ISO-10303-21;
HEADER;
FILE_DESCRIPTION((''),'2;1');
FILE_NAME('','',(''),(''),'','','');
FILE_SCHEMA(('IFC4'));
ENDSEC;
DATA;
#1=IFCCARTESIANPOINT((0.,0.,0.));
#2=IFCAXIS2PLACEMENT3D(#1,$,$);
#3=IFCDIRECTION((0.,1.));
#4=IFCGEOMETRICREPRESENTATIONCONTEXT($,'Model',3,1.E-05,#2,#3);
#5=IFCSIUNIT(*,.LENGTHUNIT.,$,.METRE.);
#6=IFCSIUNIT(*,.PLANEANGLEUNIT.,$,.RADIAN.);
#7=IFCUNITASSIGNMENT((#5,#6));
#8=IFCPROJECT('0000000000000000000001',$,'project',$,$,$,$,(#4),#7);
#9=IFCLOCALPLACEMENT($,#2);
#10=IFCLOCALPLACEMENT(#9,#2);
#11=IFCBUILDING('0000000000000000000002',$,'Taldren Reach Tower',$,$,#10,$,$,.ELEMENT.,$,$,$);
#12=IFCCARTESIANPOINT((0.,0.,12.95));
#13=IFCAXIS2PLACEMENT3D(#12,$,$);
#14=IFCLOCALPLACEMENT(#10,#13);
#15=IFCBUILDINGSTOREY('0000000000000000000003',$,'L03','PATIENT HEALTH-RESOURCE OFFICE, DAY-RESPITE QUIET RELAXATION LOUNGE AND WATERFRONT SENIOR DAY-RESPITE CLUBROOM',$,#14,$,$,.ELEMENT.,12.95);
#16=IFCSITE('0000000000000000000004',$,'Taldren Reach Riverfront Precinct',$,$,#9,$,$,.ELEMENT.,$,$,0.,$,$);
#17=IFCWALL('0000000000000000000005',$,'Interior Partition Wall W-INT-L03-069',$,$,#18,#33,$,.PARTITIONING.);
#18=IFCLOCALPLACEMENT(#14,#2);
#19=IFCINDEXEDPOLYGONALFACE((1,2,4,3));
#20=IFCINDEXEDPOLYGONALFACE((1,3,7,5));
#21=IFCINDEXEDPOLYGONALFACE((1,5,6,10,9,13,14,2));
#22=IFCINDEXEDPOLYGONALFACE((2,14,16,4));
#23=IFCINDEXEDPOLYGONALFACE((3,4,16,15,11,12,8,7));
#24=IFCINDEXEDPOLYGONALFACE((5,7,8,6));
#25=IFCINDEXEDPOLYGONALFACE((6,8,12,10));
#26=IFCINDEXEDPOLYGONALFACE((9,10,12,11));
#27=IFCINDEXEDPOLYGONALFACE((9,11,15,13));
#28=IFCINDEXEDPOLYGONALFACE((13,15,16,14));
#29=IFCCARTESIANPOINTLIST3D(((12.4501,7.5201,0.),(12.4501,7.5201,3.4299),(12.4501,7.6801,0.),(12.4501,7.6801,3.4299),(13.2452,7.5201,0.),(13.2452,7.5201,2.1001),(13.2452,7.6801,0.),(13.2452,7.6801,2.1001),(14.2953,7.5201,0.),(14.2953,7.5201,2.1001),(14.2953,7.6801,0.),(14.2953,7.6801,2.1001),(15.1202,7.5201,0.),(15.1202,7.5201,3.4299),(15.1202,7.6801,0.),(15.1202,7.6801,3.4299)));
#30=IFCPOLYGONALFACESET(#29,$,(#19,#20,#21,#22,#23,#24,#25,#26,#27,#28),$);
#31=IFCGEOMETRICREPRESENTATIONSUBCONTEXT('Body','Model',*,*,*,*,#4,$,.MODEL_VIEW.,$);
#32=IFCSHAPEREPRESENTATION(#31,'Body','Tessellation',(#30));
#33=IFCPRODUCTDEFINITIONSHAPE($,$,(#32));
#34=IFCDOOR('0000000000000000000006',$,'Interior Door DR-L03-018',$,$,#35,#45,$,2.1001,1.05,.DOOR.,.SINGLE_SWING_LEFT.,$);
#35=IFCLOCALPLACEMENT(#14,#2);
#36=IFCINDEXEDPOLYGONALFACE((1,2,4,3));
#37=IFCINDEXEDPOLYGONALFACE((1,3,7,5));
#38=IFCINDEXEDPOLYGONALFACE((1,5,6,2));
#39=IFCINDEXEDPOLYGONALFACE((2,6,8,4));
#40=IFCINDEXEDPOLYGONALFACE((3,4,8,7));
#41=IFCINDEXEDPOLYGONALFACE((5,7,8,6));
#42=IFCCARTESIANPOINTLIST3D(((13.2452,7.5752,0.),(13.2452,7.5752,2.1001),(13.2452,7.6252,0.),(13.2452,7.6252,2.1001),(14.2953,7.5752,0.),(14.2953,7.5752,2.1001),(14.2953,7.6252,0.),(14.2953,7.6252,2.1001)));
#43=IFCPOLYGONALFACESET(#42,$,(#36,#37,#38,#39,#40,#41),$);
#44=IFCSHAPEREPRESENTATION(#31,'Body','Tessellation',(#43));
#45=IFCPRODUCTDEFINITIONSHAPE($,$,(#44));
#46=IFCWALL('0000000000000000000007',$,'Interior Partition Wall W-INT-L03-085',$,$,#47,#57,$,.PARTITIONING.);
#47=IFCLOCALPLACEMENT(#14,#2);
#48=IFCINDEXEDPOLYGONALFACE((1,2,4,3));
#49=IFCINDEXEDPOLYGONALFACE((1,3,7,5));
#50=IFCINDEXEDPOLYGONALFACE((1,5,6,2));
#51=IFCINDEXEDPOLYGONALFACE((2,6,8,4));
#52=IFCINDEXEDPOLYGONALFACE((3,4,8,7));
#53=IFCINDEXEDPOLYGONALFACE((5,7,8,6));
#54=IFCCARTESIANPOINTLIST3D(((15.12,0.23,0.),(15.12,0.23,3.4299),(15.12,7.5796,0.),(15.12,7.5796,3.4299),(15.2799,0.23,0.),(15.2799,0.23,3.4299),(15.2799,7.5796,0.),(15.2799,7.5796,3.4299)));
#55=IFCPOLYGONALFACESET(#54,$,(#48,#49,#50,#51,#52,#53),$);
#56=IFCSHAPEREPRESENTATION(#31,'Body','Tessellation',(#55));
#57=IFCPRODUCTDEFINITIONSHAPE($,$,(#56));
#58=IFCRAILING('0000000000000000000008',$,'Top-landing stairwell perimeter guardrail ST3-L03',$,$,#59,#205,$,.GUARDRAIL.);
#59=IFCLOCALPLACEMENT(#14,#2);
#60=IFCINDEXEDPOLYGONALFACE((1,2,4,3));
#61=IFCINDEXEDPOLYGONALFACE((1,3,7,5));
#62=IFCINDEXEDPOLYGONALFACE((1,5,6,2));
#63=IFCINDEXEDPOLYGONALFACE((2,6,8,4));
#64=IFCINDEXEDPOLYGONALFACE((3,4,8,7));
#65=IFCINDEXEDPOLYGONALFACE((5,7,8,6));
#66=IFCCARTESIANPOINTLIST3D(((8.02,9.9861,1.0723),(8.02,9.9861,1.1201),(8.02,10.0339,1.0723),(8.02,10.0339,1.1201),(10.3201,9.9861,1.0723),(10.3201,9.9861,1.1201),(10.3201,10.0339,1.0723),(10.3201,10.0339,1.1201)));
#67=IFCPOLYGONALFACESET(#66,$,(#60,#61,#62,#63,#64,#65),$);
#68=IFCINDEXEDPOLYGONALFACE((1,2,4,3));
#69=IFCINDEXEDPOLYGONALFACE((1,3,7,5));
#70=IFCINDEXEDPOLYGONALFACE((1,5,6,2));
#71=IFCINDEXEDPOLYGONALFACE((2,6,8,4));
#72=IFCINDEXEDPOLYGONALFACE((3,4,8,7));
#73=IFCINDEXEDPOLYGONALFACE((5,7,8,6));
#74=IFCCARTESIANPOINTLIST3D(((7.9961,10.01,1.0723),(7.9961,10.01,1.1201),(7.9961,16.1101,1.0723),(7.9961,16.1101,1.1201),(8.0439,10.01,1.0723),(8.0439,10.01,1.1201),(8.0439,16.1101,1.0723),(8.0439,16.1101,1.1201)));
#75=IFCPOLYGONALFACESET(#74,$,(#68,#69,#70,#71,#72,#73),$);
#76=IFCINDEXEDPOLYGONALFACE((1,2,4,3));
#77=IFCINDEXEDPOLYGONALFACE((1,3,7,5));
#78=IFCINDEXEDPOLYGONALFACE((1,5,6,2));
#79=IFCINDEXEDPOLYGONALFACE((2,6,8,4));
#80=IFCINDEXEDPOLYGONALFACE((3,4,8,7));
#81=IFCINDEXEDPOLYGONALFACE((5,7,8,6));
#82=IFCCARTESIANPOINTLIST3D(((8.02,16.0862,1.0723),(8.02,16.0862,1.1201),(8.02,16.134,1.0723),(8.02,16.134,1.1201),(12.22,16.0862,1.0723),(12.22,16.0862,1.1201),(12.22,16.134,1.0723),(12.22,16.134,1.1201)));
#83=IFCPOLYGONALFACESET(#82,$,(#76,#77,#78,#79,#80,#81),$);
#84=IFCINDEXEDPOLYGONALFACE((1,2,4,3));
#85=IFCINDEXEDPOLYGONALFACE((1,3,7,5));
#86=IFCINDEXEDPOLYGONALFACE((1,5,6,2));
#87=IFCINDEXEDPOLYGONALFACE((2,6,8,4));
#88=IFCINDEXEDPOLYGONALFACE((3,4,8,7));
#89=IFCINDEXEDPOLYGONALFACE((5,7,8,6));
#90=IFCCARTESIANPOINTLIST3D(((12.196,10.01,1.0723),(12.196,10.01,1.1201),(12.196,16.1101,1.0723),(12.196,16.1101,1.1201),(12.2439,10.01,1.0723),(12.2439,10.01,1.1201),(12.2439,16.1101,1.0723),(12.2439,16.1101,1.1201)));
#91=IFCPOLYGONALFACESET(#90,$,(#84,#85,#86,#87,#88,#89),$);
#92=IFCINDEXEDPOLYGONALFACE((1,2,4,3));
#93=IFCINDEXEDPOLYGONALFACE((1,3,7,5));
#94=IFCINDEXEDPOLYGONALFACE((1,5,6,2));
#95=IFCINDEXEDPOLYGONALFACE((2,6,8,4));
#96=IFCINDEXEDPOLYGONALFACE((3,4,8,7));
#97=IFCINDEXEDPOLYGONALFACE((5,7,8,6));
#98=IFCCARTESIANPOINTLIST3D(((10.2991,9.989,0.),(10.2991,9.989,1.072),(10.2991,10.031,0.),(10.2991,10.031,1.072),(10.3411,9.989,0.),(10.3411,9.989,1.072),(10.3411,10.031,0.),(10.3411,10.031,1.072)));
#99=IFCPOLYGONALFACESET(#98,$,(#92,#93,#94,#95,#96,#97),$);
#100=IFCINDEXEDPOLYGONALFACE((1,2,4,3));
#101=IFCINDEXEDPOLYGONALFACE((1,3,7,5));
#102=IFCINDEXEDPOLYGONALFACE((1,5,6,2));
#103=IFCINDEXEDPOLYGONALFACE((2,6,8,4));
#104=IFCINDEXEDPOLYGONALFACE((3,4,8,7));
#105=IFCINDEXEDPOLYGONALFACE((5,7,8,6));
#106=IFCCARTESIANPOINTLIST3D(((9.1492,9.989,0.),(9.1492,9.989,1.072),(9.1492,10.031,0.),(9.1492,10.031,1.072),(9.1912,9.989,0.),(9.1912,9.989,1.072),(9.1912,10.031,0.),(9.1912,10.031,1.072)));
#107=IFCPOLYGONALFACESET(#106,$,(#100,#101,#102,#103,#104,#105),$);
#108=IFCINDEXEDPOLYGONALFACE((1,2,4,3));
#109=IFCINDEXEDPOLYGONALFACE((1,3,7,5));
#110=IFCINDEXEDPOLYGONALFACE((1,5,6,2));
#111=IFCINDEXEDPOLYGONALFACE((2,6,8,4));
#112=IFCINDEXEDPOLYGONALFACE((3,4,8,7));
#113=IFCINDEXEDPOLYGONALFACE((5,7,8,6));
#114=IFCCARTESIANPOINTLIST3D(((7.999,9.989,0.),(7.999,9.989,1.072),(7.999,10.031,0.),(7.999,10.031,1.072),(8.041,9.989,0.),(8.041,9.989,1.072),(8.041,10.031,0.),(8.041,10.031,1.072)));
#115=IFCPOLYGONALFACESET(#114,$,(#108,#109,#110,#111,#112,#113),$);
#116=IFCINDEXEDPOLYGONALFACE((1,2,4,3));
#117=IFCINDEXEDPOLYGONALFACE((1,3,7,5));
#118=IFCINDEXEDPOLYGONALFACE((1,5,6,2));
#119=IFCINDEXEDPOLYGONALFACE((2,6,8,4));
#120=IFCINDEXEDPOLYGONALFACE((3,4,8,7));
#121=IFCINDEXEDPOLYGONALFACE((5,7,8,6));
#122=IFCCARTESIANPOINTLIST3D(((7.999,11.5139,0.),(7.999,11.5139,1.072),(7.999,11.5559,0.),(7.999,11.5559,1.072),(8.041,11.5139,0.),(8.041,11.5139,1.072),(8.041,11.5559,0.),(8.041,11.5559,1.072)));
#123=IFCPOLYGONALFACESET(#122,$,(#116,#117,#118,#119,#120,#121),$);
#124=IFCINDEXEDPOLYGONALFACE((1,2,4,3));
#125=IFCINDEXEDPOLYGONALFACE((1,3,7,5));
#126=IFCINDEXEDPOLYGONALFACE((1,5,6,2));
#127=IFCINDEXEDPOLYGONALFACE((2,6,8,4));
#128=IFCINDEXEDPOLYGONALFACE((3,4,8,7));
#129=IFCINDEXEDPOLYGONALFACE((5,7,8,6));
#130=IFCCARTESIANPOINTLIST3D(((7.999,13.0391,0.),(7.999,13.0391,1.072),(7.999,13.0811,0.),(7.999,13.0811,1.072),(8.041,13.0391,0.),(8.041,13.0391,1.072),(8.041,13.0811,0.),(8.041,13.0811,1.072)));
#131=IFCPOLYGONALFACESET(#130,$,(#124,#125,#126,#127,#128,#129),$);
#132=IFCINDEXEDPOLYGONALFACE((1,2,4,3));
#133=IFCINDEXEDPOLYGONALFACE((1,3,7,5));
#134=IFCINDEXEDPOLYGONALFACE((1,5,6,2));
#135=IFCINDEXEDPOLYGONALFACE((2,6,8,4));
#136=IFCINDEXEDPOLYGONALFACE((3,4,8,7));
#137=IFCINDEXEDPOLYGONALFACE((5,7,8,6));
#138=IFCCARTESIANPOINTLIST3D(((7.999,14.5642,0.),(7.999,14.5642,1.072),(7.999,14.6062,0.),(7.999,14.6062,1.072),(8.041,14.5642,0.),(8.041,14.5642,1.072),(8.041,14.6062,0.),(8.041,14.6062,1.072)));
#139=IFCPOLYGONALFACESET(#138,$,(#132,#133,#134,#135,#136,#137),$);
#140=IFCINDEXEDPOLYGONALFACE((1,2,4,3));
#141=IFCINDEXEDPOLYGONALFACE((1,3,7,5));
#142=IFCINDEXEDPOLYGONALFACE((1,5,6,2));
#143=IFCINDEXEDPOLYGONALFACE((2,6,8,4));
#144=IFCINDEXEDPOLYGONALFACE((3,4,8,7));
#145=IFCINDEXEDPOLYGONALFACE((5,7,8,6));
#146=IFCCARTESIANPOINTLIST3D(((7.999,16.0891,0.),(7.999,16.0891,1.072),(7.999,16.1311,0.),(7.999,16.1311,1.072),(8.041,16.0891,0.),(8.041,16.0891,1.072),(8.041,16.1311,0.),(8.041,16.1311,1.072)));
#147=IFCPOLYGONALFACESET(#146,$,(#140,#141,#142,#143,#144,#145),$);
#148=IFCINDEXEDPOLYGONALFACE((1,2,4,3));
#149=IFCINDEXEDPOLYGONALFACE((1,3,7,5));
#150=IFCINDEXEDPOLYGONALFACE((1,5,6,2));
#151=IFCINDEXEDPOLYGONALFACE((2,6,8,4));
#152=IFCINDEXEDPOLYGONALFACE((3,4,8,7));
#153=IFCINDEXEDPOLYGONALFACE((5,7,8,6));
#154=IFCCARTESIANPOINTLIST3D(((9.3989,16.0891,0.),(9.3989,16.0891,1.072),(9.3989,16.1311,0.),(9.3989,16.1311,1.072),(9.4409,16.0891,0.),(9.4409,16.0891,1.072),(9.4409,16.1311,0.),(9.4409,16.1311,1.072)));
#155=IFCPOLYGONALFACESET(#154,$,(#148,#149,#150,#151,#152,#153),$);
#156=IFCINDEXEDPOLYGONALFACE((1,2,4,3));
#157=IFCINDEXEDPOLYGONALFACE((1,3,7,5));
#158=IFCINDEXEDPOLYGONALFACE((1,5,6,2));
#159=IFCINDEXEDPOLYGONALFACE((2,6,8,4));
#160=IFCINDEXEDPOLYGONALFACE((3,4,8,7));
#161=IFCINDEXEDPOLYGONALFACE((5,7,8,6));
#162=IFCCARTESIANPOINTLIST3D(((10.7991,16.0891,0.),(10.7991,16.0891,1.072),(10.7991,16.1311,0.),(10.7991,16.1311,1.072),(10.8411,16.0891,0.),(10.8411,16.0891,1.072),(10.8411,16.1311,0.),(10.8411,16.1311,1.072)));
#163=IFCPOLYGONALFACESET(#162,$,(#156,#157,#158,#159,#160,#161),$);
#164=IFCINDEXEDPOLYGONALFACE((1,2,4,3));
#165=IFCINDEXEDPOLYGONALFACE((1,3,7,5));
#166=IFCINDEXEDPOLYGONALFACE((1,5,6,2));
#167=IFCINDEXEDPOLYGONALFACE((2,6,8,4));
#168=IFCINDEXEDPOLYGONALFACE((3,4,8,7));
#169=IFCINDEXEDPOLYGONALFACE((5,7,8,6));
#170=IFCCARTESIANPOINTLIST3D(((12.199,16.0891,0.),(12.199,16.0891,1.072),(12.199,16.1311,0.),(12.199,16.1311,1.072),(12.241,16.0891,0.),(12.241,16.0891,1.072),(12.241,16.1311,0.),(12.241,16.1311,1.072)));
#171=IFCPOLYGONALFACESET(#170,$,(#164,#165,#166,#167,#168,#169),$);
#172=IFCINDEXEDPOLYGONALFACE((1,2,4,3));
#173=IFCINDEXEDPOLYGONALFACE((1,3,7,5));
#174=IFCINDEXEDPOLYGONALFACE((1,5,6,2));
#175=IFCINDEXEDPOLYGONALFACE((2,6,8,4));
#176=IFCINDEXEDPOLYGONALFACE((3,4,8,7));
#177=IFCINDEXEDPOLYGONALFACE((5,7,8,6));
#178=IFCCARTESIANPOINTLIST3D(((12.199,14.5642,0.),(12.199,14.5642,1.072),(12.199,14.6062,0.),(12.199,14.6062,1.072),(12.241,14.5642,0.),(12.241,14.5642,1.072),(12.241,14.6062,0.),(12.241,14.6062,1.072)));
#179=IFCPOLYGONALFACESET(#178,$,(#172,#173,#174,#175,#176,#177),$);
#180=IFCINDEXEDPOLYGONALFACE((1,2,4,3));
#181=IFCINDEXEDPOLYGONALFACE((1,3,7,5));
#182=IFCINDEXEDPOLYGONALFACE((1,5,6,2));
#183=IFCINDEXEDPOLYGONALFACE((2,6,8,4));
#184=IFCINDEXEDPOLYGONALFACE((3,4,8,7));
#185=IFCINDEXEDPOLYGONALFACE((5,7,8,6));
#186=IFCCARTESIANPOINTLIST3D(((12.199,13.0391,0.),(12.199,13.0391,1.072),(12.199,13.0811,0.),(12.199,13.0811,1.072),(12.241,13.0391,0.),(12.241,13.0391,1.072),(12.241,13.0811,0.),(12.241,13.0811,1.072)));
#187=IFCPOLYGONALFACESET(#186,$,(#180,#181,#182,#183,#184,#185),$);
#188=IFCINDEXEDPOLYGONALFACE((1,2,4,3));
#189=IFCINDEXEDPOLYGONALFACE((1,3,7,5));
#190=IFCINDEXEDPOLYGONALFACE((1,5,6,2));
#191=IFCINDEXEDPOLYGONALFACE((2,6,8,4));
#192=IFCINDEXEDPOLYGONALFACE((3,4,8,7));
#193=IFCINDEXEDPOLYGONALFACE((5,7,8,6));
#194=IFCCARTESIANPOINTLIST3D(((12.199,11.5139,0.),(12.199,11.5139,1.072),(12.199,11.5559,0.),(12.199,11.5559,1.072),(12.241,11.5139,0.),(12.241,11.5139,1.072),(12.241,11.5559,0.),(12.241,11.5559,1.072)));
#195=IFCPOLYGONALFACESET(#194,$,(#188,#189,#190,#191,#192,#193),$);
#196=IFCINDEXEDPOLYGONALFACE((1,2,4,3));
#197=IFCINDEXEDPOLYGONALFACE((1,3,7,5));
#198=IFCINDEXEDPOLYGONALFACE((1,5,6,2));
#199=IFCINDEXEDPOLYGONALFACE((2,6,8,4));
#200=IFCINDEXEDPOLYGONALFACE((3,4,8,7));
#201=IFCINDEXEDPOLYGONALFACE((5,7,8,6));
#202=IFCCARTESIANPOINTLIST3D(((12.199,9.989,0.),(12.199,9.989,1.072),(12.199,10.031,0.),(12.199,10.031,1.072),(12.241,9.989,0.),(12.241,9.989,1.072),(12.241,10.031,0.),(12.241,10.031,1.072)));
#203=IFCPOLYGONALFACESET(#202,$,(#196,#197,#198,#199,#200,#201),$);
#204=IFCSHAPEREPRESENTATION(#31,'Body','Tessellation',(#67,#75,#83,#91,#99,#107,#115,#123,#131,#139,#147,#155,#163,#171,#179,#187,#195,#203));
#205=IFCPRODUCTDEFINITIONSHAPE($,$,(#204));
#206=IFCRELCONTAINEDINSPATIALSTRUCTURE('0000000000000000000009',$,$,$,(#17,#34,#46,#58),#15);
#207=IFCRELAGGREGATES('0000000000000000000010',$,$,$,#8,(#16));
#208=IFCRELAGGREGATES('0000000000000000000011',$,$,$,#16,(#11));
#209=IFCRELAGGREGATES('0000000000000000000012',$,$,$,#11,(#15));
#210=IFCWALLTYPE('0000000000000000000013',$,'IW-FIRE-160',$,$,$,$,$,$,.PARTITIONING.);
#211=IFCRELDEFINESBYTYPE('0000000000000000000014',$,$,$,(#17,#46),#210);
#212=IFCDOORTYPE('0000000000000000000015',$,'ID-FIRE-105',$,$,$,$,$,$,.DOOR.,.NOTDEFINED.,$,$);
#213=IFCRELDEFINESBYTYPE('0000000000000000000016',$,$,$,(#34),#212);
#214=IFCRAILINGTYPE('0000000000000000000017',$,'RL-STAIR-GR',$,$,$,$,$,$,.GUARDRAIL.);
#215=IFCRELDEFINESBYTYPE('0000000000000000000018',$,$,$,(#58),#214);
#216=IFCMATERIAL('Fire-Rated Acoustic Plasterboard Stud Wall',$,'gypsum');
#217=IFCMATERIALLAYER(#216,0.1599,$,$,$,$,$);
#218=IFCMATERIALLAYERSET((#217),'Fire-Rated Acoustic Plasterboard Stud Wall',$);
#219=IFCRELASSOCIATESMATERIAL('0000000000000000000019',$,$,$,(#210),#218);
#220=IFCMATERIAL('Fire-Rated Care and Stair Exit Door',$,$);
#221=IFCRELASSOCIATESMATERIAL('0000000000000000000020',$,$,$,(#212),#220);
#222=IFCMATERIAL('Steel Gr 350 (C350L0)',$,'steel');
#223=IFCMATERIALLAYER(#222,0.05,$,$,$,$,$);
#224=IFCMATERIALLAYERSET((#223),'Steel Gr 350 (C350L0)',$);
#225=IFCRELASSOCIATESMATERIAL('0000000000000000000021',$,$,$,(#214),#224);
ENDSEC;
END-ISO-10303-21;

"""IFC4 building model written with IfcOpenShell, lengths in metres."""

from ifc_helpers import new_model, si_unit, direction, frame, frame_2d, origin, origin_2d, place, context, subcontext, project, spatial, rectangle, extrude, source, transform, mapped, material, layer, layer_set, type_object, element, fill, save


model = new_model("IFC4")

# Units and contexts
model_context = context("Model", 3, precision=1e-05, world=origin(), true_north=direction((0.0, 1.0)))
body_context = subcontext(model_context, "Body", "Model", "MODEL_VIEW")
ifc_project = project(units=[si_unit("LENGTHUNIT", "METRE"), si_unit("PLANEANGLEUNIT", "RADIAN")], contexts=[model_context])

# Site, building, storey
site_placement = place(None, origin())
site = spatial("IfcSite", under=ifc_project, at=site_placement, Name="Taldren Reach Riverfront Precinct", CompositionType="ELEMENT", RefElevation=0.0)
building_placement = place(site_placement, origin())
building = spatial("IfcBuilding", under=site, at=building_placement, Name="Taldren Reach Tower", CompositionType="ELEMENT")
storey_placement = place(building_placement, frame((0.0, 0.0, 12.95)))
storey = spatial("IfcBuildingStorey", under=building, at=storey_placement, Name="L03", Description="PATIENT HEALTH-RESOURCE OFFICE, DAY-RESPITE QUIET RELAXATION LOUNGE AND WATERFRONT SENIOR DAY-RESPITE CLUBROOM", CompositionType="ELEMENT", Elevation=12.95)

# Wall, opening, door
ifc_material_1 = material(Name="Fire-Rated Acoustic Plasterboard Stud Wall", Category="gypsum")
ifc_layer_1 = layer(ifc_material_1, 0.1599)
ifc_layer_set_1 = layer_set([ifc_layer_1], Name="Fire-Rated Acoustic Plasterboard Stud Wall")
wall_type_1 = type_object("IfcWallType", Name="IW-FIRE-160", PredefinedType="PARTITIONING", material=ifc_layer_set_1)
shared_shape_1 = source(origin(), body_context, "Body", "SweptSolid", [
    extrude(rectangle(XDim=2.6702, YDim=0.1599, at=frame_2d((1.335, 0.0))), origin(), (0.0, 0.0, 1.0), 3.4299),
])
wall_1_placement = place(storey_placement, frame((15.1201, 7.6001, 0.0), z_axis=(0.0, 0.0, 1.0), x_axis=(-1.0, 0.0, 0.0)))
wall_1 = element("IfcWall", 1, at=wall_1_placement, inside=storey, type_object=wall_type_1, Name="Interior Partition Wall W-INT-L03-069", PredefinedType="PARTITIONING", context=body_context, shape_type="MappedRepresentation", body=[
    mapped(shared_shape_1, transform((0.0, 0.0, 0.0), scale=1.0)),
])
shared_shape_2 = source(origin(), body_context, "Body", "SweptSolid", [
    extrude(rectangle(XDim=1.05, YDim=2.1001, at=frame_2d((0.5249, 1.05))), frame((0.0, 0.0898, 0.0), z_axis=(0.0, -1.0, 0.0), x_axis=(1.0, 0.0, 0.0)), (0.0, 0.0, 1.0), 0.1799),
])
opening_placement = place(wall_1_placement, frame((0.825, 0.0, 0.0)))
opening = element("IfcOpeningElement", 2, at=opening_placement, cuts=wall_1, PredefinedType="OPENING", context=body_context, shape_type="MappedRepresentation", body=[
    mapped(shared_shape_2, transform((0.0, 0.0, 0.0), scale=1.0)),
])
ifc_material_2 = material(Name="Fire-Rated Care and Stair Exit Door")
door_type = type_object("IfcDoorType", Name="ID-FIRE-105", OperationType="NOTDEFINED", PredefinedType="DOOR", material=ifc_material_2)
shared_shape_3 = source(origin(), body_context, "Body", "SweptSolid", [
    extrude(rectangle(XDim=1.05, YDim=2.1001, at=frame_2d((0.5249, 1.05))), frame((0.0, 0.0249, 0.0), z_axis=(0.0, -1.0, 0.0), x_axis=(1.0, 0.0, 0.0)), (0.0, 0.0, 1.0), 0.05),
])
door_placement = place(opening_placement, origin())
door = element("IfcDoor", 3, at=door_placement, inside=storey, type_object=door_type, Name="Interior Door DR-L03-018", OperationType="SINGLE_SWING_LEFT", OverallHeight=2.1001, OverallWidth=1.05, PredefinedType="DOOR", context=body_context, shape_type="MappedRepresentation", body=[
    mapped(shared_shape_3, transform((0.0, 0.0, 0.0), scale=1.0)),
])
fill(opening, door)

# Wall
shared_shape_4 = source(origin(), body_context, "Body", "SweptSolid", [
    extrude(rectangle(XDim=7.3496, YDim=0.1599, at=frame_2d((3.6748, 0.0))), origin(), (0.0, 0.0, 1.0), 3.4299),
])
wall_2_placement = place(storey_placement, frame((15.2, 0.23, 0.0), z_axis=(0.0, 0.0, 1.0), x_axis=(0.0, 1.0, 0.0)))
element("IfcWall", 4, at=wall_2_placement, inside=storey, type_object=wall_type_1, Name="Interior Partition Wall W-INT-L03-085", PredefinedType="PARTITIONING", context=body_context, shape_type="MappedRepresentation", body=[
    mapped(shared_shape_4, transform((0.0, 0.0, 0.0), scale=1.0)),
])

# Railing
ifc_material_3 = material(Name="Steel Gr 350 (C350L0)", Category="steel")
ifc_layer_2 = layer(ifc_material_3, 0.05)
ifc_layer_set_2 = layer_set([ifc_layer_2], Name="Steel Gr 350 (C350L0)")
railing_type = type_object("IfcRailingType", Name="RL-STAIR-GR", PredefinedType="GUARDRAIL", material=ifc_layer_set_2)
railing_placement = place(storey_placement, frame((10.3201, 10.01, 0.0)))
element("IfcRailing", 5, at=railing_placement, inside=storey, type_object=railing_type, Name="Top-landing stairwell perimeter guardrail ST3-L03", PredefinedType="GUARDRAIL", context=body_context, shape_type="SweptSolid", body=[
    extrude(rectangle(XDim=0.0479, YDim=0.0479, at=origin_2d()), frame((0.0, 0.0, 1.0962), z_axis=(-1.0, 0.0, 0.0), x_axis=(0.0, -1.0, 0.0)), (0.0, 0.0, 1.0), 2.3),
    extrude(rectangle(XDim=0.0479, YDim=0.0479, at=origin_2d()), frame((-2.3, 0.0, 1.0962), z_axis=(0.0, 1.0, 0.0), x_axis=(-1.0, 0.0, 0.0)), (0.0, 0.0, 1.0), 6.1001),
    extrude(rectangle(XDim=0.0479, YDim=0.0479, at=origin_2d()), frame((-2.3, 6.1001, 1.0962), z_axis=(1.0, 0.0, 0.0), x_axis=(0.0, 1.0, 0.0)), (0.0, 0.0, 1.0), 4.2),
    extrude(rectangle(XDim=0.0479, YDim=0.0479, at=origin_2d()), frame((1.8999, 6.1001, 1.0962), z_axis=(0.0, -1.0, 0.0), x_axis=(1.0, 0.0, 0.0)), (0.0, 0.0, 1.0), 6.1001),
    extrude(rectangle(XDim=0.042, YDim=0.042, at=origin_2d()), origin(), (0.0, 0.0, 1.0), 1.072),
    extrude(rectangle(XDim=0.042, YDim=0.042, at=origin_2d()), frame((-1.1499, 0.0, 0.0)), (0.0, 0.0, 1.0), 1.072),
    extrude(rectangle(XDim=0.042, YDim=0.042, at=origin_2d()), frame((-2.3, 0.0, 0.0)), (0.0, 0.0, 1.0), 1.072),
    extrude(rectangle(XDim=0.042, YDim=0.042, at=origin_2d()), frame((-2.3, 1.5249, 0.0)), (0.0, 0.0, 1.0), 1.072),
    extrude(rectangle(XDim=0.042, YDim=0.042, at=origin_2d()), frame((-2.3, 3.05, 0.0)), (0.0, 0.0, 1.0), 1.072),
    extrude(rectangle(XDim=0.042, YDim=0.042, at=origin_2d()), frame((-2.3, 4.5752, 0.0)), (0.0, 0.0, 1.0), 1.072),
    extrude(rectangle(XDim=0.042, YDim=0.042, at=origin_2d()), frame((-2.3, 6.1001, 0.0)), (0.0, 0.0, 1.0), 1.072),
    extrude(rectangle(XDim=0.042, YDim=0.042, at=origin_2d()), frame((-0.9001, 6.1001, 0.0)), (0.0, 0.0, 1.0), 1.072),
    extrude(rectangle(XDim=0.042, YDim=0.042, at=origin_2d()), frame((0.5, 6.1001, 0.0)), (0.0, 0.0, 1.0), 1.072),
    extrude(rectangle(XDim=0.042, YDim=0.042, at=origin_2d()), frame((1.8999, 6.1001, 0.0)), (0.0, 0.0, 1.0), 1.072),
    extrude(rectangle(XDim=0.042, YDim=0.042, at=origin_2d()), frame((1.8999, 4.5752, 0.0)), (0.0, 0.0, 1.0), 1.072),
    extrude(rectangle(XDim=0.042, YDim=0.042, at=origin_2d()), frame((1.8999, 3.05, 0.0)), (0.0, 0.0, 1.0), 1.072),
    extrude(rectangle(XDim=0.042, YDim=0.042, at=origin_2d()), frame((1.8999, 1.5249, 0.0)), (0.0, 0.0, 1.0), 1.072),
    extrude(rectangle(XDim=0.042, YDim=0.042, at=origin_2d()), frame((1.8999, 0.0, 0.0)), (0.0, 0.0, 1.0), 1.072),
])

save(model, "model.ifc")
